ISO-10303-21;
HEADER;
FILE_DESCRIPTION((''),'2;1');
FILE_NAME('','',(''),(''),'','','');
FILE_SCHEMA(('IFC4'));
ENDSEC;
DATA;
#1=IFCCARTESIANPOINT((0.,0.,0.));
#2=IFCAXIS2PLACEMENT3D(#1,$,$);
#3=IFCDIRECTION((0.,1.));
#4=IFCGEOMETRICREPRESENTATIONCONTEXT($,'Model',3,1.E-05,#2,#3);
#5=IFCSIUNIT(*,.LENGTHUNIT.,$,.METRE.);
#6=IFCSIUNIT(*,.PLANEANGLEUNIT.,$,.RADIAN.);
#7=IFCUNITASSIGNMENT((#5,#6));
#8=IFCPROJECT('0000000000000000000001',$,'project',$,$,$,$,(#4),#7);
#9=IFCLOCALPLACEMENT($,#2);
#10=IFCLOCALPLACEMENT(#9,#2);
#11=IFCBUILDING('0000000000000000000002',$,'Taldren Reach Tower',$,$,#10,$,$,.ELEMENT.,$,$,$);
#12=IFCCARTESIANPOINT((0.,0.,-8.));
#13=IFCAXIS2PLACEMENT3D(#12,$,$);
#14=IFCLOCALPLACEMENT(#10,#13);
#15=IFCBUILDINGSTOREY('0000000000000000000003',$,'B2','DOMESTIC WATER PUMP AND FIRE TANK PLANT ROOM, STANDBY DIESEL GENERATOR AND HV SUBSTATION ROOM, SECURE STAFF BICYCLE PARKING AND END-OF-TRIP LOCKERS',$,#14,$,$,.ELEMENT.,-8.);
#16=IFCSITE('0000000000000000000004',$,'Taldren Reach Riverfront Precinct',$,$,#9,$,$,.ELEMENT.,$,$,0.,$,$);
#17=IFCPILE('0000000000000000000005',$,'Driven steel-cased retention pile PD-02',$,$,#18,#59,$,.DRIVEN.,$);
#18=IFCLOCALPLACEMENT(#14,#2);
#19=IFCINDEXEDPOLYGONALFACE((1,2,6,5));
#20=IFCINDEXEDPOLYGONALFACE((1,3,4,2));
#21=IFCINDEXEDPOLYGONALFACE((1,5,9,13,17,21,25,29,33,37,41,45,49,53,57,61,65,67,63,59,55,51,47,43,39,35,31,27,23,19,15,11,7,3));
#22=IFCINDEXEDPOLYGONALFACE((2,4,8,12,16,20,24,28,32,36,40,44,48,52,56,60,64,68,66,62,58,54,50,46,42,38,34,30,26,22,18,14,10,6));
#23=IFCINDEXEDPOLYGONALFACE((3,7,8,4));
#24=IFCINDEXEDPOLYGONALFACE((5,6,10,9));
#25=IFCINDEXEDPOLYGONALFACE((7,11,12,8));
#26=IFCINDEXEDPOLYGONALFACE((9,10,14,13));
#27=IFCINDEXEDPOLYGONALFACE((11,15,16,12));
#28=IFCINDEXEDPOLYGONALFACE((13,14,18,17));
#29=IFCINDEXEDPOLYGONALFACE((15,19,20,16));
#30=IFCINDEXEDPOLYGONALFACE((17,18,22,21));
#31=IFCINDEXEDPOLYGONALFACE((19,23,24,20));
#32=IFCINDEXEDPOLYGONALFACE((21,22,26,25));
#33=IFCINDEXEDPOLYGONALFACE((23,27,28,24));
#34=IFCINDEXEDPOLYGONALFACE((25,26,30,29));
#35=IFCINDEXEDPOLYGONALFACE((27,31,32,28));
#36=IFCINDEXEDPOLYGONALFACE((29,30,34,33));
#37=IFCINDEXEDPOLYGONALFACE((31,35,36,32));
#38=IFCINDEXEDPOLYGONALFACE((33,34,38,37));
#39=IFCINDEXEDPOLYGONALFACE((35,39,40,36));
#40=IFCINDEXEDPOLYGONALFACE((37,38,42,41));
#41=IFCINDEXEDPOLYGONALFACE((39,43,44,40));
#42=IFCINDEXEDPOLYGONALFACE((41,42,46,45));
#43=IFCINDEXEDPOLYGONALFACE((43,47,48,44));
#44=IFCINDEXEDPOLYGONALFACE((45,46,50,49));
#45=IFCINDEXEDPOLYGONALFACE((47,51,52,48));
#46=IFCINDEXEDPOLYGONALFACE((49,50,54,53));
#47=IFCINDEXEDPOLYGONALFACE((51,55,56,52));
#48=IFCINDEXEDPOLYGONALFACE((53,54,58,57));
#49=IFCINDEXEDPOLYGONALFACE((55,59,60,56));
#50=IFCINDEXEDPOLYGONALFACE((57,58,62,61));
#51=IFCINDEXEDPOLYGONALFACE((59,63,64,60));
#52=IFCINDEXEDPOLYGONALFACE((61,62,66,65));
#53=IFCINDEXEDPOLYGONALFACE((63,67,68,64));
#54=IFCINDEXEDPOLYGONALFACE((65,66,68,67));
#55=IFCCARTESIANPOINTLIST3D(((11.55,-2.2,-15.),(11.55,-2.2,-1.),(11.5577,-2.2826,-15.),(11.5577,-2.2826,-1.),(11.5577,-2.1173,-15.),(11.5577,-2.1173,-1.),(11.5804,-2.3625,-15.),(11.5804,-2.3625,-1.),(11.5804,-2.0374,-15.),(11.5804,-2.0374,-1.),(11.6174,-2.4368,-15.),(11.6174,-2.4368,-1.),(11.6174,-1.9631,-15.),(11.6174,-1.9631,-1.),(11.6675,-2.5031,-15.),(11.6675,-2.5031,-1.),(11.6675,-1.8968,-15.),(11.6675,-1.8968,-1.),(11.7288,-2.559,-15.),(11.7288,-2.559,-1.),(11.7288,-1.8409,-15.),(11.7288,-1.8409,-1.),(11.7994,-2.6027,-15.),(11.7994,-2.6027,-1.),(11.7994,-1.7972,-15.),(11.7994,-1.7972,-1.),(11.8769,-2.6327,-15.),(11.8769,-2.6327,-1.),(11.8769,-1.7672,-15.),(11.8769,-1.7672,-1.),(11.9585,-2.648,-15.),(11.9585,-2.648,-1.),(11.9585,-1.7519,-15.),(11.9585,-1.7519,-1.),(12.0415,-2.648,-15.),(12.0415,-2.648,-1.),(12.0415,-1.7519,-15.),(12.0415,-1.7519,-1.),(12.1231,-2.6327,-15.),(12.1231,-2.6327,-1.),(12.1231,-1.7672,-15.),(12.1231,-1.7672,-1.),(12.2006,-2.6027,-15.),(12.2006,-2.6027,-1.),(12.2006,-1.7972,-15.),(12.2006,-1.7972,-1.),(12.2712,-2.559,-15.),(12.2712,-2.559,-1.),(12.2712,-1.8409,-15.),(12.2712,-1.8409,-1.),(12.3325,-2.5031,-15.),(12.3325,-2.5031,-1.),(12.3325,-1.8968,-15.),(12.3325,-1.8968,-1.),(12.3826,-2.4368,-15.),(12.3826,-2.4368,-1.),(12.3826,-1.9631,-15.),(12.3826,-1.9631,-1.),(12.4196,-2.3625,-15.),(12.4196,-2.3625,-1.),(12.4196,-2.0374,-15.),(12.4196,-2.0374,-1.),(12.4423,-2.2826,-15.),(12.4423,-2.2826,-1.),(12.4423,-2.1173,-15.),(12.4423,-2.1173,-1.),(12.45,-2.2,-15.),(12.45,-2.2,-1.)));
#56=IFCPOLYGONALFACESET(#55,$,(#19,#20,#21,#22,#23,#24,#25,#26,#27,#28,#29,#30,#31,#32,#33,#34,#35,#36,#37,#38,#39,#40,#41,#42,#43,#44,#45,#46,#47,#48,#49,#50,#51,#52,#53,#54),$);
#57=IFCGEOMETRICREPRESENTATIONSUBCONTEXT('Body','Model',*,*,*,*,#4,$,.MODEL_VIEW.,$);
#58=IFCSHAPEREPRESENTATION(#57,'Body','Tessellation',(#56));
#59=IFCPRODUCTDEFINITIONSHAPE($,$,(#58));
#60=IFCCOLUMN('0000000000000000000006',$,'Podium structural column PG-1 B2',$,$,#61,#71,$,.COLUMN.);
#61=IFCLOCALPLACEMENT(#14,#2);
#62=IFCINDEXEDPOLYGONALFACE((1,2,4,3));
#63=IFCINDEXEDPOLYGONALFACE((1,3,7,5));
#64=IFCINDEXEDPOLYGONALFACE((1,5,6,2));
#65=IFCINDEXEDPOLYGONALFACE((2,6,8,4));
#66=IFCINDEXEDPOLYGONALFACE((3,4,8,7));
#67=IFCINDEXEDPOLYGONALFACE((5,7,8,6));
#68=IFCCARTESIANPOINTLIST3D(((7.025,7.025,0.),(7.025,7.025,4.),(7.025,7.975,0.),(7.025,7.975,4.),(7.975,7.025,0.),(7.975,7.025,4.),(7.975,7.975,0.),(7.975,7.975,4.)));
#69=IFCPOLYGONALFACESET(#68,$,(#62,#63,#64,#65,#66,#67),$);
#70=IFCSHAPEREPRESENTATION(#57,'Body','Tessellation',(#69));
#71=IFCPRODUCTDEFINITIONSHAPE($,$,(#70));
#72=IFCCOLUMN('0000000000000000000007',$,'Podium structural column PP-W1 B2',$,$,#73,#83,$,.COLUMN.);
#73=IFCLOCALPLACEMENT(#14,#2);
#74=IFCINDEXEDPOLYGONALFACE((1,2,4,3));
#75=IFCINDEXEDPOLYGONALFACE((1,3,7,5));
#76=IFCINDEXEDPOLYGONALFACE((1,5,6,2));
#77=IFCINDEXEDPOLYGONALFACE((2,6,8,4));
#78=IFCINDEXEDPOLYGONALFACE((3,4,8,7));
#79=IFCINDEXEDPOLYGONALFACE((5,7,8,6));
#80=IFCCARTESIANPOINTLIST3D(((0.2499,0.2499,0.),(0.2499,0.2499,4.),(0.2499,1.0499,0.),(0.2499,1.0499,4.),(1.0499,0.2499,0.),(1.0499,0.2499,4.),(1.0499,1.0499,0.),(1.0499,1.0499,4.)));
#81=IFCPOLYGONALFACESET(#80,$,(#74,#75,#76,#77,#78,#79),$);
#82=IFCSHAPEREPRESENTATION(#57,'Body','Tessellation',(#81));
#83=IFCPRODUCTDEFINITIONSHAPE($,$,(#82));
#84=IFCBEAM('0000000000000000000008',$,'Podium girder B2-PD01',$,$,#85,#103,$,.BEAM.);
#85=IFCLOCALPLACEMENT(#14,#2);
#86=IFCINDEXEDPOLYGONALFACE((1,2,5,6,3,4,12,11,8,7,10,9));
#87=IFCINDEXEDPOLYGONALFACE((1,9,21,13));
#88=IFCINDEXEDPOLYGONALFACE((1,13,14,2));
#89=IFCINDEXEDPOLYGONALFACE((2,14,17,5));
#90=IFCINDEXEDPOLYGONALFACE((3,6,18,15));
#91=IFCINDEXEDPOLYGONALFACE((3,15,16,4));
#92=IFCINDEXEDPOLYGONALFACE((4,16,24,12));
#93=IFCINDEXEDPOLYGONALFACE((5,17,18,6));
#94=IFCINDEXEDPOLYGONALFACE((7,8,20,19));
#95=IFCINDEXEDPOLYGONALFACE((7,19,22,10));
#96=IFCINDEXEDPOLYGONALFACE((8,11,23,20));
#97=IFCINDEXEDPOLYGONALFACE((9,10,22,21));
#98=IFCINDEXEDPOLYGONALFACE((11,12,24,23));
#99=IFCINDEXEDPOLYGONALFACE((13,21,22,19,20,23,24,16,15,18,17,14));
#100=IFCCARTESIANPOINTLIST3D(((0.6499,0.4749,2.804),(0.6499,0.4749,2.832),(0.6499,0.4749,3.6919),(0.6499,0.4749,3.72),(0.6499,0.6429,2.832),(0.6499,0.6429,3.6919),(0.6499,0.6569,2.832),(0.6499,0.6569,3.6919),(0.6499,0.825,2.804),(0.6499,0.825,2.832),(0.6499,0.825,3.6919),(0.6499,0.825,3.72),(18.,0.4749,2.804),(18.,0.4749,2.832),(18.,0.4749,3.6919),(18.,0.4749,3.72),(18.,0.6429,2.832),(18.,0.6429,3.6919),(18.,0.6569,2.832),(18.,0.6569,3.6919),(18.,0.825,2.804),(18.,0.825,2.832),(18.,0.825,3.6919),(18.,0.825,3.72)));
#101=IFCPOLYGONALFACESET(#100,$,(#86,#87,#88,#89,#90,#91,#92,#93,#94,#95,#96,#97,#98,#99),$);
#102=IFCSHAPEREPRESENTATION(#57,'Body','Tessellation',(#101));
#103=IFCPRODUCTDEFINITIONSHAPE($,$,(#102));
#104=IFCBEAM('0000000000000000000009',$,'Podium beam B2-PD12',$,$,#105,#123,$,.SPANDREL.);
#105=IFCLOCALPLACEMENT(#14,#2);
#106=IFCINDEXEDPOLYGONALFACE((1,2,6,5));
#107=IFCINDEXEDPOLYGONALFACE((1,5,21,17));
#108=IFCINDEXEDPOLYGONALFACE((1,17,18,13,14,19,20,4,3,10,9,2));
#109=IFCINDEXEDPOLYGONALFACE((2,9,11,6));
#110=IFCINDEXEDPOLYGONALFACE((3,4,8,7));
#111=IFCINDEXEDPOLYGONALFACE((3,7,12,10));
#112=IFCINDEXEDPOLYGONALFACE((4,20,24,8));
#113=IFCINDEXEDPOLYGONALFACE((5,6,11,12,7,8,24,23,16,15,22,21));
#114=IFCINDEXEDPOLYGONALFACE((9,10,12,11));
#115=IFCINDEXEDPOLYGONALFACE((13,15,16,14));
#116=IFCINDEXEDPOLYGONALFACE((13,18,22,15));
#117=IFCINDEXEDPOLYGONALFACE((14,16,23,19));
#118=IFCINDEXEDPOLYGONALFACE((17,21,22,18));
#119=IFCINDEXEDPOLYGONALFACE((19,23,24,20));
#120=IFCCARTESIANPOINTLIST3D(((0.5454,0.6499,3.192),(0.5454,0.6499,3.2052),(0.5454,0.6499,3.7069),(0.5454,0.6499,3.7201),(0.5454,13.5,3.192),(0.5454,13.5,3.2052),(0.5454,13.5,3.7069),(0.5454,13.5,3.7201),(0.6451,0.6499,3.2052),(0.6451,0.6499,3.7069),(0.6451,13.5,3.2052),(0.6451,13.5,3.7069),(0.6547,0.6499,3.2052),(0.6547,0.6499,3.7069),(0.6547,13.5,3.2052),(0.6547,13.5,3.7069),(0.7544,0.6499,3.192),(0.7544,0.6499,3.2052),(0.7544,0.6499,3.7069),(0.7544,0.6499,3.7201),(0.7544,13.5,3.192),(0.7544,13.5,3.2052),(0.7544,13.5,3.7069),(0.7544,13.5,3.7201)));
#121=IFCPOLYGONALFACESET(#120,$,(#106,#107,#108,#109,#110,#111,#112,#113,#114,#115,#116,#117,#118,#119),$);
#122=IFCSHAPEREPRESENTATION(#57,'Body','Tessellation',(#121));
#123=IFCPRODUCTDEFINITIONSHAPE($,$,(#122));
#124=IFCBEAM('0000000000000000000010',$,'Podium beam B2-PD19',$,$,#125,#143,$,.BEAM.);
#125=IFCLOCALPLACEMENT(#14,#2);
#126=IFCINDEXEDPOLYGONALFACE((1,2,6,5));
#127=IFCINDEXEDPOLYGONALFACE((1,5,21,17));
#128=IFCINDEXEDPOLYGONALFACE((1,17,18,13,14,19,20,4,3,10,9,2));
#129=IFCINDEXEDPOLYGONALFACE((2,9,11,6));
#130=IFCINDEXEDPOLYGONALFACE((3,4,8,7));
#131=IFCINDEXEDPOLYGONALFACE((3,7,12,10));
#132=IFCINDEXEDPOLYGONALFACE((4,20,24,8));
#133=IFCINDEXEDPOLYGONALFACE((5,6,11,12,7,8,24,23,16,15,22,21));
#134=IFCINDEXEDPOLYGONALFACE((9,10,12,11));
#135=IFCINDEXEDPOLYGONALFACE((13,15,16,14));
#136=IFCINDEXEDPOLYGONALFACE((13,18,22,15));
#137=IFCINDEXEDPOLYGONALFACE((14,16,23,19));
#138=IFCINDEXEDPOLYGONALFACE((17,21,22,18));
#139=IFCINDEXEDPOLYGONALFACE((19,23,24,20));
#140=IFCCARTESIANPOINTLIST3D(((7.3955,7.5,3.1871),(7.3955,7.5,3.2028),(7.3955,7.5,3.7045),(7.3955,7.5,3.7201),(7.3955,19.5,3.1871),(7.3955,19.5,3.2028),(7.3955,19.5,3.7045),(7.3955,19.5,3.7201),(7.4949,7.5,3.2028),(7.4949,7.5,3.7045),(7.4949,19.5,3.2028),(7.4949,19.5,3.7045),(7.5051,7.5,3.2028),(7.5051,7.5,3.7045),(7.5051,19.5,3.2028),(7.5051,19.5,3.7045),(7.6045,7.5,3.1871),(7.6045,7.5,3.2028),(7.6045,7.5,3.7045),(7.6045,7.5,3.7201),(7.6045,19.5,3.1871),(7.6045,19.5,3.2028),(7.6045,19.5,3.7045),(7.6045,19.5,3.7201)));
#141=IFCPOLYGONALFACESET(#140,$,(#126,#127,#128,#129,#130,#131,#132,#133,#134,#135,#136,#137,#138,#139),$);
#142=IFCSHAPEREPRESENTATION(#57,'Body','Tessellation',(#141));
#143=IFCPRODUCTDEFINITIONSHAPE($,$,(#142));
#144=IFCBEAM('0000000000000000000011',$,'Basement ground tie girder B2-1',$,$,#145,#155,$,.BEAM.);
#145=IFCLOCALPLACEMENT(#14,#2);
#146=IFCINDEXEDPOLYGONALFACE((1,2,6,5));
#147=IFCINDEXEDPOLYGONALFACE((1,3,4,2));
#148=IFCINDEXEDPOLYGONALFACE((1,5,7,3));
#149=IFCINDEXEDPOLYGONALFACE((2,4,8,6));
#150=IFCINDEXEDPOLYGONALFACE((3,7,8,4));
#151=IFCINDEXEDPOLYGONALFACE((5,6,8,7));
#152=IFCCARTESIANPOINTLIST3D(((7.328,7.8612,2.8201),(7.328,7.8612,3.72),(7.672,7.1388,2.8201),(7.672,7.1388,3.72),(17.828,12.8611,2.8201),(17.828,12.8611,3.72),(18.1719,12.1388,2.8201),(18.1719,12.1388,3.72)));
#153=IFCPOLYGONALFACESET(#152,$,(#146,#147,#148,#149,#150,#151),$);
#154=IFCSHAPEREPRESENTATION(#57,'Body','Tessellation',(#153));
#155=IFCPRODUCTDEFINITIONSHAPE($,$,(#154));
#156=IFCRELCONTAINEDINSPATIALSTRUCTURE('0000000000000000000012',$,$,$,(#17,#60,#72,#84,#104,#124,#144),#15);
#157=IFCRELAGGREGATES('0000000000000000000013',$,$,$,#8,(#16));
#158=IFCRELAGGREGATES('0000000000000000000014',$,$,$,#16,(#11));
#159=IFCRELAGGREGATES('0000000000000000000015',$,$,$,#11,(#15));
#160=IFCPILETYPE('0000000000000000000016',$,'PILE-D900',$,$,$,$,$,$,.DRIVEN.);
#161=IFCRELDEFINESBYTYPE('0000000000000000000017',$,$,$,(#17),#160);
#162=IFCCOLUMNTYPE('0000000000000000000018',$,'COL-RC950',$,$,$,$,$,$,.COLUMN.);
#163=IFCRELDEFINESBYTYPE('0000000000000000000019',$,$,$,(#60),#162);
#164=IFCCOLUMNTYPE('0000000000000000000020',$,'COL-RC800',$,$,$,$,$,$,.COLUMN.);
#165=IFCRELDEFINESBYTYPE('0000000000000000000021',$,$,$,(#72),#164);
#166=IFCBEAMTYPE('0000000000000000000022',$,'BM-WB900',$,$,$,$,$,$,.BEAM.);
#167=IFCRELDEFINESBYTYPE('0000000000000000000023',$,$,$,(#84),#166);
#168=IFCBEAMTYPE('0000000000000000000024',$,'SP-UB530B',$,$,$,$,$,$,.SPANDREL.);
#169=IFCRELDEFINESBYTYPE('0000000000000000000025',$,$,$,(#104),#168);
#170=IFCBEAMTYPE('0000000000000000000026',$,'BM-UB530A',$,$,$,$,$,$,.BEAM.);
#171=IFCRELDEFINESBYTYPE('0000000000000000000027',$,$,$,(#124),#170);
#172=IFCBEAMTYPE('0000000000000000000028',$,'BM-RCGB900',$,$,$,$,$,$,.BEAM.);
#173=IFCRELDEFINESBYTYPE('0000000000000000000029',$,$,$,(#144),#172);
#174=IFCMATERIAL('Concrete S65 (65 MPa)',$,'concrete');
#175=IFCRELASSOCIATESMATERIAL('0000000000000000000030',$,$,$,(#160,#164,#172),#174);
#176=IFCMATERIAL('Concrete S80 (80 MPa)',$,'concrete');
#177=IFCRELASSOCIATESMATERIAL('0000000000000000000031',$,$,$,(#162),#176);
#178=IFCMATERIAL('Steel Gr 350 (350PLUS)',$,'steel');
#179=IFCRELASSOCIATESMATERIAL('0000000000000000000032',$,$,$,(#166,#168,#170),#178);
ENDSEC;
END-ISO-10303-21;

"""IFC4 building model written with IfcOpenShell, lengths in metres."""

from ifc_helpers import new_model, si_unit, direction, frame, origin, origin_2d, place, context, subcontext, project, spatial, rectangle, circle, i_section, extrude, source, transform, mapped, material, material_profile, profile_set, type_object, element, save


model = new_model("IFC4")

# Units and contexts
model_context = context("Model", 3, precision=1e-05, world=origin(), true_north=direction((0.0, 1.0)))
body_context = subcontext(model_context, "Body", "Model", "MODEL_VIEW")
ifc_project = project(units=[si_unit("LENGTHUNIT", "METRE"), si_unit("PLANEANGLEUNIT", "RADIAN")], contexts=[model_context])

# Site, building, storey
site_placement = place(None, origin())
site = spatial("IfcSite", under=ifc_project, at=site_placement, Name="Taldren Reach Riverfront Precinct", CompositionType="ELEMENT", RefElevation=0.0)
building_placement = place(site_placement, origin())
building = spatial("IfcBuilding", under=site, at=building_placement, Name="Taldren Reach Tower", CompositionType="ELEMENT")
storey_placement = place(building_placement, frame((0.0, 0.0, -8.0)))
storey = spatial("IfcBuildingStorey", under=building, at=storey_placement, Name="B2", Description="DOMESTIC WATER PUMP AND FIRE TANK PLANT ROOM, STANDBY DIESEL GENERATOR AND HV SUBSTATION ROOM, SECURE STAFF BICYCLE PARKING AND END-OF-TRIP LOCKERS", CompositionType="ELEMENT", Elevation=-8.0)

# Shared definitions
ifc_material_1 = material(Name="Concrete S65 (65 MPa)", Category="concrete")

# Pile
ifc_material_profile_1 = material_profile(ifc_material_1, circle(Radius=0.45, at=origin_2d()), Name="PD-900")
ifc_profile_set_1 = profile_set([ifc_material_profile_1], Name="Concrete S65 (65 MPa)")
pile_type_1 = type_object("IfcPileType", Name="PILE-D900", PredefinedType="DRIVEN", material=ifc_profile_set_1)
shared_shape_1 = source(origin(), body_context, "Body", "SweptSolid", [
    extrude(circle(Radius=0.45, at=origin_2d()), origin(), (0.0, 0.0, 1.0), 14.0),
])
for number, where, z_axis, x_axis, name in (
    (1, (12.0, -2.2, -1.0), (0.0, 0.0, -1.0), (1.0, 0.0, 0.0), "Driven steel-cased retention pile PD-02"),
):
    element("IfcPile", number, at=place(storey_placement, frame(where, z_axis=z_axis, x_axis=x_axis)), inside=storey, type_object=pile_type_1, Name=name, PredefinedType="DRIVEN", context=body_context, shape_type="MappedRepresentation", body=[
        mapped(shared_shape_1, transform((0.0, 0.0, 0.0), scale=1.0)),
    ])

# Columns
ifc_material_2 = material(Name="Concrete S80 (80 MPa)", Category="concrete")
ifc_material_profile_2 = material_profile(ifc_material_2, rectangle(XDim=0.95, YDim=0.95, at=origin_2d()), Name="RC-950x950")
ifc_profile_set_2 = profile_set([ifc_material_profile_2], Name="Concrete S80 (80 MPa)")
column_type_1 = type_object("IfcColumnType", Name="COL-RC950", PredefinedType="COLUMN", material=ifc_profile_set_2)
shared_shape_2 = source(origin(), body_context, "Body", "SweptSolid", [
    extrude(rectangle(XDim=0.95, YDim=0.95, at=origin_2d()), origin(), (0.0, 0.0, 1.0), 4.0),
])
column_1_placement = place(storey_placement, frame((7.5, 7.5, 0.0), z_axis=(0.0, 0.0, 1.0), x_axis=(1.0, 0.0, 0.0)))
element("IfcColumn", 2, at=column_1_placement, inside=storey, type_object=column_type_1, Name="Podium structural column PG-1 B2", PredefinedType="COLUMN", context=body_context, shape_type="MappedRepresentation", body=[
    mapped(shared_shape_2, transform((0.0, 0.0, 0.0), scale=1.0)),
])
ifc_material_profile_3 = material_profile(ifc_material_1, rectangle(XDim=0.8, YDim=0.8, at=origin_2d()), Name="RC-800x800")
ifc_profile_set_3 = profile_set([ifc_material_profile_3], Name="Concrete S65 (65 MPa)")
column_type_2 = type_object("IfcColumnType", Name="COL-RC800", PredefinedType="COLUMN", material=ifc_profile_set_3)
shared_shape_3 = source(origin(), body_context, "Body", "SweptSolid", [
    extrude(rectangle(XDim=0.8, YDim=0.8, at=origin_2d()), origin(), (0.0, 0.0, 1.0), 4.0),
])
column_2_placement = place(storey_placement, frame((0.6499, 0.6499, 0.0), z_axis=(0.0, 0.0, 1.0), x_axis=(1.0, 0.0, 0.0)))
element("IfcColumn", 3, at=column_2_placement, inside=storey, type_object=column_type_2, Name="Podium structural column PP-W1 B2", PredefinedType="COLUMN", context=body_context, shape_type="MappedRepresentation", body=[
    mapped(shared_shape_3, transform((0.0, 0.0, 0.0), scale=1.0)),
])

# Beams
ifc_material_3 = material(Name="Steel Gr 350 (350PLUS)", Category="steel")
ifc_material_profile_4 = material_profile(ifc_material_3, i_section(OverallWidth=0.3501, OverallDepth=0.916, WebThickness=0.0139, FlangeThickness=0.0281, at=origin_2d()), Name="900WB257")
ifc_profile_set_4 = profile_set([ifc_material_profile_4], Name="Steel Gr 350 (350PLUS)")
beam_type_1 = type_object("IfcBeamType", Name="BM-WB900", PredefinedType="BEAM", material=ifc_profile_set_4)
shared_shape_4 = source(origin(), body_context, "Body", "SweptSolid", [
    extrude(i_section(OverallWidth=0.3501, OverallDepth=0.916, WebThickness=0.0139, FlangeThickness=0.0281, at=origin_2d()), origin(), (0.0, 0.0, 1.0), 17.3501),
])
beam_1_placement = place(storey_placement, frame((0.6499, 0.6499, 3.262), z_axis=(1.0, 0.0, 0.0), x_axis=(0.0, 1.0, 0.0)))
element("IfcBeam", 4, at=beam_1_placement, inside=storey, type_object=beam_type_1, Name="Podium girder B2-PD01", PredefinedType="BEAM", context=body_context, shape_type="MappedRepresentation", body=[
    mapped(shared_shape_4, transform((0.0, 0.0, 0.0), scale=1.0)),
])
ifc_material_profile_5 = material_profile(ifc_material_3, i_section(OverallWidth=0.209, OverallDepth=0.5281, WebThickness=0.0095, FlangeThickness=0.0132, at=origin_2d()), Name="530UB82.0")
ifc_profile_set_5 = profile_set([ifc_material_profile_5], Name="Steel Gr 350 (350PLUS)")
beam_type_2 = type_object("IfcBeamType", Name="SP-UB530B", PredefinedType="SPANDREL", material=ifc_profile_set_5)
shared_shape_5 = source(origin(), body_context, "Body", "SweptSolid", [
    extrude(i_section(OverallWidth=0.209, OverallDepth=0.5281, WebThickness=0.0095, FlangeThickness=0.0132, at=origin_2d()), origin(), (0.0, 0.0, 1.0), 12.8501),
])
beam_2_placement = place(storey_placement, frame((0.6499, 0.6499, 3.4561), z_axis=(0.0, 1.0, 0.0), x_axis=(-1.0, 0.0, 0.0)))
element("IfcBeam", 5, at=beam_2_placement, inside=storey, type_object=beam_type_2, Name="Podium beam B2-PD12", PredefinedType="SPANDREL", context=body_context, shape_type="MappedRepresentation", body=[
    mapped(shared_shape_5, transform((0.0, 0.0, 0.0), scale=1.0)),
])
ifc_material_profile_6 = material_profile(ifc_material_3, i_section(OverallWidth=0.209, OverallDepth=0.533, WebThickness=0.0103, FlangeThickness=0.0156, at=origin_2d()), Name="530UB92.4")
ifc_profile_set_6 = profile_set([ifc_material_profile_6], Name="Steel Gr 350 (350PLUS)")
beam_type_3 = type_object("IfcBeamType", Name="BM-UB530A", PredefinedType="BEAM", material=ifc_profile_set_6)
shared_shape_6 = source(origin(), body_context, "Body", "SweptSolid", [
    extrude(i_section(OverallWidth=0.209, OverallDepth=0.533, WebThickness=0.0103, FlangeThickness=0.0156, at=origin_2d()), origin(), (0.0, 0.0, 1.0), 12.0),
])
beam_3_placement = place(storey_placement, frame((7.5, 7.5, 3.4536), z_axis=(0.0, 1.0, 0.0), x_axis=(-1.0, 0.0, 0.0)))
element("IfcBeam", 6, at=beam_3_placement, inside=storey, type_object=beam_type_3, Name="Podium beam B2-PD19", PredefinedType="BEAM", context=body_context, shape_type="MappedRepresentation", body=[
    mapped(shared_shape_6, transform((0.0, 0.0, 0.0), scale=1.0)),
])
ifc_material_profile_7 = material_profile(ifc_material_1, rectangle(XDim=0.8, YDim=0.8999, at=origin_2d()), Name="RC-GB800x900")
ifc_profile_set_7 = profile_set([ifc_material_profile_7], Name="Concrete S65 (65 MPa)")
beam_type_4 = type_object("IfcBeamType", Name="BM-RCGB900", PredefinedType="BEAM", material=ifc_profile_set_7)
shared_shape_7 = source(origin(), body_context, "Body", "SweptSolid", [
    extrude(rectangle(XDim=0.8, YDim=0.8999, at=origin_2d()), origin(), (0.0, 0.0, 1.0), 11.6296),
])
beam_4_placement = place(storey_placement, frame((7.5, 7.5, 3.27), z_axis=(0.902861, 0.429934, 0.0), x_axis=(-0.429934, 0.902861, 0.0)))
element("IfcBeam", 7, at=beam_4_placement, inside=storey, type_object=beam_type_4, Name="Basement ground tie girder B2-1", PredefinedType="BEAM", context=body_context, shape_type="MappedRepresentation", body=[
    mapped(shared_shape_7, transform((0.0, 0.0, 0.0), scale=1.0)),
])

save(model, "model.ifc")
